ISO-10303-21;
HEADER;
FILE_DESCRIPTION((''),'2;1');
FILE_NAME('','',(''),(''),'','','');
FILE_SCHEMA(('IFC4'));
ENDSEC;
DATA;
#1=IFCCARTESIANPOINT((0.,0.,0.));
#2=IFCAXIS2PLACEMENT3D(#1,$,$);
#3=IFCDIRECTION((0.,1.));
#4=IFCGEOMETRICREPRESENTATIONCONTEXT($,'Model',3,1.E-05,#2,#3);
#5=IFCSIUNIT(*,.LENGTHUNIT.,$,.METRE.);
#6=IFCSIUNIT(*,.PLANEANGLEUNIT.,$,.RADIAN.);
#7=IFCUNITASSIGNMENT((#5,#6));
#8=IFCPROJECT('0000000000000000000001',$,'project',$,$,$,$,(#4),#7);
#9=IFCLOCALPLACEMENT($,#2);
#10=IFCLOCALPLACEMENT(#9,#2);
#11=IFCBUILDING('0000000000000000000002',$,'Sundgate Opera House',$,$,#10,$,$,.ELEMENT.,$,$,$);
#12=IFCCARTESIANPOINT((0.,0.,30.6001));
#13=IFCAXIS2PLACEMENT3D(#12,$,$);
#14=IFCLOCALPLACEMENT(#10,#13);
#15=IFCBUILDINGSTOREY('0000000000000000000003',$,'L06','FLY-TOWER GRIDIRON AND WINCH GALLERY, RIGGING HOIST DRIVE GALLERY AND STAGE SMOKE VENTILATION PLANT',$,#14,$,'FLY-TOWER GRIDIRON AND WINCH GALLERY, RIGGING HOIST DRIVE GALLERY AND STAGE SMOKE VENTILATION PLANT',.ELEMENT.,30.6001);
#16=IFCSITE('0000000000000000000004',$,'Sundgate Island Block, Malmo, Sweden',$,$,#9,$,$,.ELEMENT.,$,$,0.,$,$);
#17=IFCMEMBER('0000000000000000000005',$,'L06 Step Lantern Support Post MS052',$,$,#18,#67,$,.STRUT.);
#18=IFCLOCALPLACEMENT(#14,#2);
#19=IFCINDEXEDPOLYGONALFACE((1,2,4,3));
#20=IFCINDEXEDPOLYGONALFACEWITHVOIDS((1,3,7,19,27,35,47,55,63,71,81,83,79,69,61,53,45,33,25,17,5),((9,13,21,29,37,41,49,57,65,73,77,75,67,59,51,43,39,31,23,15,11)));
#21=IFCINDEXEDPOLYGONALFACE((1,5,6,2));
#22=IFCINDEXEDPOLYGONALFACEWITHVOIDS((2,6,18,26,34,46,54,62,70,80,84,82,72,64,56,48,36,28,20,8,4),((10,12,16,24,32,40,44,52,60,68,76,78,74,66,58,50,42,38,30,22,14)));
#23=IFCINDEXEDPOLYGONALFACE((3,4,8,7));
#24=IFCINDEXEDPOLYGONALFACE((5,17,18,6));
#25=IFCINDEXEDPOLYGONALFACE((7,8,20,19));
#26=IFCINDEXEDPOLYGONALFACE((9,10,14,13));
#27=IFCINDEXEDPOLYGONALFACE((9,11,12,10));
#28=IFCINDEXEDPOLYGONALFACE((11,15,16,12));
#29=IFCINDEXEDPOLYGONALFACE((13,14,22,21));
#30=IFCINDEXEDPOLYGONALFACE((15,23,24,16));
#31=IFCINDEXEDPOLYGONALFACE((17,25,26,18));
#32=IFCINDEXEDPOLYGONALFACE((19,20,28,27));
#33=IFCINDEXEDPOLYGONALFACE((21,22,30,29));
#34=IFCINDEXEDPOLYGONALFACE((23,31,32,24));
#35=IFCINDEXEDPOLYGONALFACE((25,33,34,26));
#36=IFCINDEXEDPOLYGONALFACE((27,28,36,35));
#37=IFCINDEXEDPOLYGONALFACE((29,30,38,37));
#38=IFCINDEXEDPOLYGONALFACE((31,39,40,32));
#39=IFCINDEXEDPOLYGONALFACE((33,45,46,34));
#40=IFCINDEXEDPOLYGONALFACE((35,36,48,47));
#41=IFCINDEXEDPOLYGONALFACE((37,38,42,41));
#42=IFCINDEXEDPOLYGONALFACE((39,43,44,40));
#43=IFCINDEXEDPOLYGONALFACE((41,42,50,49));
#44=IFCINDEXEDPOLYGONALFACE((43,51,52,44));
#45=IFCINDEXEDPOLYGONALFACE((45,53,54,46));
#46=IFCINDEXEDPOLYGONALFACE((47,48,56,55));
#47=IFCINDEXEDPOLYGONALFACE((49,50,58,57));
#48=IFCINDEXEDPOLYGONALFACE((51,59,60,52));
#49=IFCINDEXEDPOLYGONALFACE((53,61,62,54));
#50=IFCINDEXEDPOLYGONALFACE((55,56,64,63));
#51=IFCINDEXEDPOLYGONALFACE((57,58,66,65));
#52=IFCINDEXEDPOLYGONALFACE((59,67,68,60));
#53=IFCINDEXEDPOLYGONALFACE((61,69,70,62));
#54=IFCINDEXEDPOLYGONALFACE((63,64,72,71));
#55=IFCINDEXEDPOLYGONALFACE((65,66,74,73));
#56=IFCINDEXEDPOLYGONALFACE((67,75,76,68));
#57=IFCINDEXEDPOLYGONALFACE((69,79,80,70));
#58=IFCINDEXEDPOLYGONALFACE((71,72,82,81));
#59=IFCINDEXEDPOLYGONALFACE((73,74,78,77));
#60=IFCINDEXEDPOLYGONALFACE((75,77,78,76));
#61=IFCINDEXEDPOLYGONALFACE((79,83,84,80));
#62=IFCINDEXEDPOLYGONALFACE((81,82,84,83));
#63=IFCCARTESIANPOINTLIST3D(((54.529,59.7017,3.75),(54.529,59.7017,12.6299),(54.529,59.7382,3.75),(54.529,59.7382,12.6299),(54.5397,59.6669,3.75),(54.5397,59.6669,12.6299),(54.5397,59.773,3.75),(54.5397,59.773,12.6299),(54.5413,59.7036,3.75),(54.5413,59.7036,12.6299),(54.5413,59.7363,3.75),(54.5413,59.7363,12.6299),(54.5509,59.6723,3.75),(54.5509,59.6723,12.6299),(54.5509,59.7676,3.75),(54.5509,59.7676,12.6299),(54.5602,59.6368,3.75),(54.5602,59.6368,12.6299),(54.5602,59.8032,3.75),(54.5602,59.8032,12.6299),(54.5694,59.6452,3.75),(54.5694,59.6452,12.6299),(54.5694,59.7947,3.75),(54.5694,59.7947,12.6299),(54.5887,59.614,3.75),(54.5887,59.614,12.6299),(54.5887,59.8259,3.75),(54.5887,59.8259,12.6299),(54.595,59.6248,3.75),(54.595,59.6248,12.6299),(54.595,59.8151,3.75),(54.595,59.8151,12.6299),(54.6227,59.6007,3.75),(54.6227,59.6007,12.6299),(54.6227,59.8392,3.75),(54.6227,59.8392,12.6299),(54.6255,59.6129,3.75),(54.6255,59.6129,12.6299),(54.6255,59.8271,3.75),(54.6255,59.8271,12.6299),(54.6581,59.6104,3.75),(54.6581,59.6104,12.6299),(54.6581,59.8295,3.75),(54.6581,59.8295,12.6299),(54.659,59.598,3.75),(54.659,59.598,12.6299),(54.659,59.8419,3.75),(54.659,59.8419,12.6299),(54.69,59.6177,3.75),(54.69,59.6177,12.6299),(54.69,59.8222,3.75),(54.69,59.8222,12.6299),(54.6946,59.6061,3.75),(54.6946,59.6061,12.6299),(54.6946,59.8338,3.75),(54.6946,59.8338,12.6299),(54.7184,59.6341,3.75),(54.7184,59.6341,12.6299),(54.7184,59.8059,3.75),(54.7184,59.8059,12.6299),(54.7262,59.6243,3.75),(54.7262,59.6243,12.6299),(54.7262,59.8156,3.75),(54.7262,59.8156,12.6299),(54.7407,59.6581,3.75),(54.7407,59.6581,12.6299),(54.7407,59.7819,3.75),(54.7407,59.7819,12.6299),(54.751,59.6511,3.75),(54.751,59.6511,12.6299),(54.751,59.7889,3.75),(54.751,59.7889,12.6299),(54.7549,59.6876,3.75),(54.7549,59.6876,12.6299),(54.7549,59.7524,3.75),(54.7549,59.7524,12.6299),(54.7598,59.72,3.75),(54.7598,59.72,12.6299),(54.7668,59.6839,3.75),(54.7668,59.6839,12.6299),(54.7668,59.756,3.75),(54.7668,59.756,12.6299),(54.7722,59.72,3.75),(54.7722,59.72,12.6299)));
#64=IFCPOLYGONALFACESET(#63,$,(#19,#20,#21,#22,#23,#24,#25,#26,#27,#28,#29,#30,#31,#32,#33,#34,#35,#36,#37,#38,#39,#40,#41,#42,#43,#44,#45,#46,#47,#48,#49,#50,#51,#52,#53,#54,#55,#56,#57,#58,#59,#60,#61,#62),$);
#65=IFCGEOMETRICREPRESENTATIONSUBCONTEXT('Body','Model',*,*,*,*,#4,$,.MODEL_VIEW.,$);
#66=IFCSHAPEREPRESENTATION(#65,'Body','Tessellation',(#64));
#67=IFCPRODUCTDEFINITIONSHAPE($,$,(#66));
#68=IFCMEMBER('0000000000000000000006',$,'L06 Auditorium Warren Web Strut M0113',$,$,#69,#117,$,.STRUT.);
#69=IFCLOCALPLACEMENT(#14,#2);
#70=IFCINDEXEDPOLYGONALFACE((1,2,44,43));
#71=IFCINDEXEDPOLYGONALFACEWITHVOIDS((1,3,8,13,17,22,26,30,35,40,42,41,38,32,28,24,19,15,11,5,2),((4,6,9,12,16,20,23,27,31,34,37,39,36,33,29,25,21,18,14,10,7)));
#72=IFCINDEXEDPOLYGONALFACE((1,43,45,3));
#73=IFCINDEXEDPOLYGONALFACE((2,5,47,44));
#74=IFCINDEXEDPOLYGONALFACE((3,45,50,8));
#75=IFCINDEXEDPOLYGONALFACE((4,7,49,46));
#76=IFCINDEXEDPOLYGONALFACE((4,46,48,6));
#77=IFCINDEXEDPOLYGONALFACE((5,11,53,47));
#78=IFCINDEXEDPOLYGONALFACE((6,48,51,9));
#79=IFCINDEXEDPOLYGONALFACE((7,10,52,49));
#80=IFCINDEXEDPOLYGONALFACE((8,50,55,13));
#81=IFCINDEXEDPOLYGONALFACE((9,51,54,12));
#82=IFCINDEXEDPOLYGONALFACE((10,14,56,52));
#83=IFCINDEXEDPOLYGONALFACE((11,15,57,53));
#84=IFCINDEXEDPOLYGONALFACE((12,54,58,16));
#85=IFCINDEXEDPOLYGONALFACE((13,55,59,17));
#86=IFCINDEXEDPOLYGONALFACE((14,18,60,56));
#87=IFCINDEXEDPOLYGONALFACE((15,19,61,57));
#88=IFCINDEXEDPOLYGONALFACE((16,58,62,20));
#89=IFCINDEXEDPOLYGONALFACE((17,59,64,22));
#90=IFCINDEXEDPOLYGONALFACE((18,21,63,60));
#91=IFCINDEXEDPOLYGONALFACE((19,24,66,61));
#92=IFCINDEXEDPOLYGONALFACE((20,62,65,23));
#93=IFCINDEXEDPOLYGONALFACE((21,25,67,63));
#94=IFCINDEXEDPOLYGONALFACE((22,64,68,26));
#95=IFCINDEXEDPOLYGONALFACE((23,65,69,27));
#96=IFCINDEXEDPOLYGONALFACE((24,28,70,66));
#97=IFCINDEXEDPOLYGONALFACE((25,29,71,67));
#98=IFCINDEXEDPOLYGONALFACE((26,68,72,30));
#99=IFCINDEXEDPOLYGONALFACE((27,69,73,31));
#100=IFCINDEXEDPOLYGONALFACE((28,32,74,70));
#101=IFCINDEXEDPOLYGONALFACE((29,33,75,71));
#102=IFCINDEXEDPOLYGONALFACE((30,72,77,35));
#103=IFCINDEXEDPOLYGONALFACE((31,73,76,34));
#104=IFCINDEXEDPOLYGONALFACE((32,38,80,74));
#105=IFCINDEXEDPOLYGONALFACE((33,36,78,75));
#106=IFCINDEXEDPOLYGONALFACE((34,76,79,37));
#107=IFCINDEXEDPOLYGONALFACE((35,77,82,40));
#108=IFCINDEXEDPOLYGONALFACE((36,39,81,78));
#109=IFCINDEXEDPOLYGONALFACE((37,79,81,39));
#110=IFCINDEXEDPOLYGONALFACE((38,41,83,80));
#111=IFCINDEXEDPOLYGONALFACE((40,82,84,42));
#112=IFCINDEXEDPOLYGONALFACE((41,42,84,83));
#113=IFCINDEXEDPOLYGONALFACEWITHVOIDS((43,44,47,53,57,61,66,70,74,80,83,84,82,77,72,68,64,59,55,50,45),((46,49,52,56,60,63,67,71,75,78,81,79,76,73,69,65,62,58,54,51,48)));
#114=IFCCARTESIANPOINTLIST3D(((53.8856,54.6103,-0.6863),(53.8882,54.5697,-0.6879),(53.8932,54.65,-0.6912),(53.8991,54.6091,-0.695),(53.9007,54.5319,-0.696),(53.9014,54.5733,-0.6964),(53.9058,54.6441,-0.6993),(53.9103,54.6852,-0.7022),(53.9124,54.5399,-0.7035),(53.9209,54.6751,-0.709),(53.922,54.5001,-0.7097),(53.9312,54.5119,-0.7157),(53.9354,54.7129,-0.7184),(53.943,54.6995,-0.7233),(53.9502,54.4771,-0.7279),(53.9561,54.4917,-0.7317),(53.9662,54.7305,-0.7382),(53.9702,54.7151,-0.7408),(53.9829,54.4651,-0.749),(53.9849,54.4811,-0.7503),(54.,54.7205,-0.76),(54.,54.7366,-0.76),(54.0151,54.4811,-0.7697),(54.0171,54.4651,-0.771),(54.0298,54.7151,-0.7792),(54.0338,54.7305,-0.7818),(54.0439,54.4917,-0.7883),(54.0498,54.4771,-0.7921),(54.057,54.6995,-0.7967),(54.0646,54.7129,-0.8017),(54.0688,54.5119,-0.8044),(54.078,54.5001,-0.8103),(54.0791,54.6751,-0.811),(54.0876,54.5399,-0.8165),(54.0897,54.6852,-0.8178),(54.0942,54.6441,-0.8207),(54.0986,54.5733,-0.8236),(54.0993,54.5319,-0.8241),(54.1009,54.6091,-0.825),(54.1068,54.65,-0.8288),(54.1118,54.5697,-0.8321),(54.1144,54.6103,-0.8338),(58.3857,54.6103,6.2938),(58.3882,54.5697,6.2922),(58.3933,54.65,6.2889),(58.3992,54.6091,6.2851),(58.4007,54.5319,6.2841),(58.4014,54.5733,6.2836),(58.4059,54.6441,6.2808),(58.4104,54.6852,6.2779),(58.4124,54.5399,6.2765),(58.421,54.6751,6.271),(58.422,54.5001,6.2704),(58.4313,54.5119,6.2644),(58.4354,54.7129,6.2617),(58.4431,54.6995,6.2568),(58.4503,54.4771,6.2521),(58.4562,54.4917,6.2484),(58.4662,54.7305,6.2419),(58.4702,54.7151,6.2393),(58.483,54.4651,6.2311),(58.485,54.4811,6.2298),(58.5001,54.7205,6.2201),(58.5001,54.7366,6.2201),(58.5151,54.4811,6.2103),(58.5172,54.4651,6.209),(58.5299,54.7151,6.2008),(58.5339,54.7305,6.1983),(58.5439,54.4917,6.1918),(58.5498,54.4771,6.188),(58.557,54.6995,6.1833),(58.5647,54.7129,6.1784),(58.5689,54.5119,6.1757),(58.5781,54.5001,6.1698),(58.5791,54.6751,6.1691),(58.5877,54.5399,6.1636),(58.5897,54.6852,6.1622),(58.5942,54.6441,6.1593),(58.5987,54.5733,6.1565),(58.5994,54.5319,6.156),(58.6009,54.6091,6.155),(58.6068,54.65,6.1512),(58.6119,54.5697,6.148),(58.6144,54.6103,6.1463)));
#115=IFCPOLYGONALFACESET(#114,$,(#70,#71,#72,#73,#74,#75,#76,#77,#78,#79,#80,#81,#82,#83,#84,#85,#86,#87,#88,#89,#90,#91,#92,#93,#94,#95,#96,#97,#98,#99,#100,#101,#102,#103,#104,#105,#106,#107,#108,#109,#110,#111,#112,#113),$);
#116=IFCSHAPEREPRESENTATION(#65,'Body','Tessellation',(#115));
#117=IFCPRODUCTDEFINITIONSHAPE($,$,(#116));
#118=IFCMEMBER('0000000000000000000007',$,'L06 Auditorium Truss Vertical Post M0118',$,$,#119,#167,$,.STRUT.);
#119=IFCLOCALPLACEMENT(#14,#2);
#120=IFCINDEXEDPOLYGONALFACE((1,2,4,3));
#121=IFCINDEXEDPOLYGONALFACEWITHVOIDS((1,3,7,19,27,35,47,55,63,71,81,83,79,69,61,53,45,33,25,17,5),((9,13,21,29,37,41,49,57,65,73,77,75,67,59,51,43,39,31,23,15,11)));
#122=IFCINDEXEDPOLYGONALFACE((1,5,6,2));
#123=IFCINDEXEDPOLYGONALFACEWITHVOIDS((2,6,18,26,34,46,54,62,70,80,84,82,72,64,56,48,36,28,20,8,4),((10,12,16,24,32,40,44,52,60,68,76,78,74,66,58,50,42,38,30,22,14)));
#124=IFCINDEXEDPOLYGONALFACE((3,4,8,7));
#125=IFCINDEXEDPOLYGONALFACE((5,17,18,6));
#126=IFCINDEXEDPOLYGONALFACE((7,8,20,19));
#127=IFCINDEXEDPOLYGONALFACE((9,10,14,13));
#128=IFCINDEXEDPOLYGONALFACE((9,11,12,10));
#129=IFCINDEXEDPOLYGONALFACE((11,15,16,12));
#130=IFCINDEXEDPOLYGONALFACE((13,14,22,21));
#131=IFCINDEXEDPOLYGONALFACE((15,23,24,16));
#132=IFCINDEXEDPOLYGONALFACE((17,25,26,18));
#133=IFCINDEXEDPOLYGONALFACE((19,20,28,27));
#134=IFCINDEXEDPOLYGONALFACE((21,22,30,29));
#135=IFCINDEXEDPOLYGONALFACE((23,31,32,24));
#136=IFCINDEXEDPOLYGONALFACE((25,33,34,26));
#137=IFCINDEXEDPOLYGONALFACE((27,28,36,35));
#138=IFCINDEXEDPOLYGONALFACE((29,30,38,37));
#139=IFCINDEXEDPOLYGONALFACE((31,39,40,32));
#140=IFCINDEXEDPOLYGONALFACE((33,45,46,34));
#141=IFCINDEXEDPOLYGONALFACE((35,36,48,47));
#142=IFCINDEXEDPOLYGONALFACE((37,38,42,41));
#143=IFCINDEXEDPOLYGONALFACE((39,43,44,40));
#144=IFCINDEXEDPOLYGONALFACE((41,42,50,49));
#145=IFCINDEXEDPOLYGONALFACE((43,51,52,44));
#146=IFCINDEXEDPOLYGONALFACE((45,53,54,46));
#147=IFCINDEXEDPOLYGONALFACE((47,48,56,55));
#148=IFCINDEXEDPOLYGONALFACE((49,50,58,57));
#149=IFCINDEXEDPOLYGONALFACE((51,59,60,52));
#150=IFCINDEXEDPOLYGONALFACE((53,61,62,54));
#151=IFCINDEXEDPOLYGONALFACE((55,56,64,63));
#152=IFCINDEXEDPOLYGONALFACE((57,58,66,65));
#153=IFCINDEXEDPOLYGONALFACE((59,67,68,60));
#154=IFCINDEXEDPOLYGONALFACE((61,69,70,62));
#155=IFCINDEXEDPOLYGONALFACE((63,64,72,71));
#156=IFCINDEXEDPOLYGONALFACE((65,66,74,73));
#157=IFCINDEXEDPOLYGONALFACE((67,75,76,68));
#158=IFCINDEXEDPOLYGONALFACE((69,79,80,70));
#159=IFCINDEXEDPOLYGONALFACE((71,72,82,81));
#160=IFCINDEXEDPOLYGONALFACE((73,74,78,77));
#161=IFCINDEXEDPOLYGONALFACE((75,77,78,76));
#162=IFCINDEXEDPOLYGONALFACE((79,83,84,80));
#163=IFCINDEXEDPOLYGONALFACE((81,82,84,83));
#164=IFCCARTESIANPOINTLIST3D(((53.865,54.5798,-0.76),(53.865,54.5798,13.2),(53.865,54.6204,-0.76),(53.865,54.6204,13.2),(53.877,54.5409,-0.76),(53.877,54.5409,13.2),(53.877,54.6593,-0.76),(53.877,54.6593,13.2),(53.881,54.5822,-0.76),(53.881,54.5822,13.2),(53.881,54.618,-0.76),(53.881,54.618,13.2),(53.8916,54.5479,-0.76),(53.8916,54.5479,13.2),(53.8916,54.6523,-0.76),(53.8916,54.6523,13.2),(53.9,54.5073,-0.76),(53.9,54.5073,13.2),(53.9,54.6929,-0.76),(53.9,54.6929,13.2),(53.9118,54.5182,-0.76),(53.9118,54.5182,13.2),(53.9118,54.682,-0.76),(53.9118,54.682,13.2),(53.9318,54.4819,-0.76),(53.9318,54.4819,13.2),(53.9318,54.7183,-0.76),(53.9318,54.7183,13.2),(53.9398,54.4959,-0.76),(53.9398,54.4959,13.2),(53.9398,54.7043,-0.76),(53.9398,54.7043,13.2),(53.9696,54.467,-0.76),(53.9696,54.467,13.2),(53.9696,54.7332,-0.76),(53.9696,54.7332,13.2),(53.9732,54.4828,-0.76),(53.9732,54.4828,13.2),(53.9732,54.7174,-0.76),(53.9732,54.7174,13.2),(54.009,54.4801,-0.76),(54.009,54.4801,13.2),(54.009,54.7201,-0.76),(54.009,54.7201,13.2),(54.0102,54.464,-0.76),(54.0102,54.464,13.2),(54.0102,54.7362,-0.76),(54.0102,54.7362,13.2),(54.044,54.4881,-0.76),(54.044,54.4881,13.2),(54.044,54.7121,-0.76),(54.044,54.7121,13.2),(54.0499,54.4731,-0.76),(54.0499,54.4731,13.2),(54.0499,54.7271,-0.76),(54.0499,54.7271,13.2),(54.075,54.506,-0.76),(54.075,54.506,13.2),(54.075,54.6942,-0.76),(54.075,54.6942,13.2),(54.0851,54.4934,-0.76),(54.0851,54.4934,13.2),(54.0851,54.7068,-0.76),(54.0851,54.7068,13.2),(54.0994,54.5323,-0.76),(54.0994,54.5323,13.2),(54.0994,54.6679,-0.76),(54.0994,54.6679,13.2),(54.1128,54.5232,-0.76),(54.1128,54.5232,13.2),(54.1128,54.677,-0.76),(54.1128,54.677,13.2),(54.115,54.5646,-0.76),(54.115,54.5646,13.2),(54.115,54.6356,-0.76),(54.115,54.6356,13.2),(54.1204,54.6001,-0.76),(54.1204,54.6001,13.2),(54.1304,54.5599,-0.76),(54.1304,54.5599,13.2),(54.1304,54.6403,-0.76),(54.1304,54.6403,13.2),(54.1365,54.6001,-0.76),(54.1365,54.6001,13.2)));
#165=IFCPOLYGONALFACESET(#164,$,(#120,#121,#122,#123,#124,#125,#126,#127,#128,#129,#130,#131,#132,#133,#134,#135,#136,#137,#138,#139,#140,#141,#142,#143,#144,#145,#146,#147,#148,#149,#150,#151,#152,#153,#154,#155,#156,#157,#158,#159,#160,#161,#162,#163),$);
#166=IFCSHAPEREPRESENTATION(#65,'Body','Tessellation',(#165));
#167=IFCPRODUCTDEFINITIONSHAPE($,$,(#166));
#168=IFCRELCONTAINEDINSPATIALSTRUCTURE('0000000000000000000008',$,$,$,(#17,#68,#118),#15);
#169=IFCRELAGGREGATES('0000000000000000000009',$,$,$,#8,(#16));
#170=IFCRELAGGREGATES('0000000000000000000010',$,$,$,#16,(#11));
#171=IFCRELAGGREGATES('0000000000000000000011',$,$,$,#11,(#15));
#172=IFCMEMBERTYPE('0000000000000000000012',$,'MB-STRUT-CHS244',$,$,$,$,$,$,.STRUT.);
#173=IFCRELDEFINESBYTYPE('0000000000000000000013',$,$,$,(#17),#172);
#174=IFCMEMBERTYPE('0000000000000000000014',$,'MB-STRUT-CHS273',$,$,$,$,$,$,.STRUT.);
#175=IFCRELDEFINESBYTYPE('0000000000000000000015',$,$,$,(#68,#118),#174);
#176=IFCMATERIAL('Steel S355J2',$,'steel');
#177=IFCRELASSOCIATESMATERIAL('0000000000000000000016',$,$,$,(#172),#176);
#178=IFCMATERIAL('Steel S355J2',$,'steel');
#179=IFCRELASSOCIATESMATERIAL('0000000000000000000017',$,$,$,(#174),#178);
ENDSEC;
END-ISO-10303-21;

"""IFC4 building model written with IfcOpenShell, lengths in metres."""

from ifc_helpers import new_model, si_unit, direction, frame, origin, origin_2d, place, context, subcontext, project, spatial, hollow_circle, extrude, material, material_profile, profile_set, type_object, element, save


model = new_model("IFC4")

# Units and contexts
model_context = context("Model", 3, precision=1e-05, world=origin(), true_north=direction((0.0, 1.0)))
body_context = subcontext(model_context, "Body", "Model", "MODEL_VIEW")
ifc_project = project(units=[si_unit("LENGTHUNIT", "METRE"), si_unit("PLANEANGLEUNIT", "RADIAN")], contexts=[model_context])

# Site, building, storey
site_placement = place(None, origin())
site = spatial("IfcSite", under=ifc_project, at=site_placement, Name="Sundgate Island Block, Malmo, Sweden", CompositionType="ELEMENT", RefElevation=0.0)
building_placement = place(site_placement, origin())
building = spatial("IfcBuilding", under=site, at=building_placement, Name="Sundgate Opera House", CompositionType="ELEMENT")
storey_placement = place(building_placement, frame((0.0, 0.0, 30.6001)))
storey = spatial("IfcBuildingStorey", under=building, at=storey_placement, Name="L06", Description="FLY-TOWER GRIDIRON AND WINCH GALLERY, RIGGING HOIST DRIVE GALLERY AND STAGE SMOKE VENTILATION PLANT", LongName="FLY-TOWER GRIDIRON AND WINCH GALLERY, RIGGING HOIST DRIVE GALLERY AND STAGE SMOKE VENTILATION PLANT", CompositionType="ELEMENT", Elevation=30.6001)

# Members
ifc_material_1 = material(Name="Steel S355J2", Category="steel")
ifc_material_profile_1 = material_profile(ifc_material_1, hollow_circle(Radius=0.1223, WallThickness=0.0125, at=origin_2d()), Name="CHS 244.5x12.5")
ifc_profile_set_1 = profile_set([ifc_material_profile_1], Name="Steel S355J2")
member_type_1 = type_object("IfcMemberType", Name="MB-STRUT-CHS244", PredefinedType="STRUT", material=ifc_profile_set_1)
member_1_placement = place(storey_placement, frame((54.6499, 59.72, 3.75), z_axis=(0.0, 0.0, 1.0), x_axis=(1.0, 0.0, 0.0)))
element("IfcMember", 1, at=member_1_placement, inside=storey, type_object=member_type_1, Name="L06 Step Lantern Support Post MS052", PredefinedType="STRUT", context=body_context, shape_type="SweptSolid", body=[
    extrude(hollow_circle(Radius=0.1223, WallThickness=0.0125, at=origin_2d()), origin(), (0.0, 0.0, 1.0), 8.8799),
])
ifc_material_2 = material(Name="Steel S355J2", Category="steel")
ifc_material_profile_2 = material_profile(ifc_material_2, hollow_circle(Radius=0.1365, WallThickness=0.0161, at=origin_2d()), Name="CHS 273.0x16.0")
ifc_profile_set_2 = profile_set([ifc_material_profile_2], Name="Steel S355J2")
member_type_2 = type_object("IfcMemberType", Name="MB-STRUT-CHS273", PredefinedType="STRUT", material=ifc_profile_set_2)
member_2_placement = place(storey_placement, frame((54.0, 54.6001, -0.76), z_axis=(0.541854, 0.0, 0.840473), x_axis=(0.0, 1.0, 0.0)))
element("IfcMember", 2, at=member_2_placement, inside=storey, type_object=member_type_2, Name="L06 Auditorium Warren Web Strut M0113", PredefinedType="STRUT", context=body_context, shape_type="SweptSolid", body=[
    extrude(hollow_circle(Radius=0.1365, WallThickness=0.0161, at=origin_2d()), origin(), (0.0, 0.0, 1.0), 8.3049),
])
member_3_placement = place(storey_placement, frame((54.0, 54.6001, -0.76), z_axis=(0.0, 0.0, 1.0), x_axis=(1.0, 0.0, 0.0)))
element("IfcMember", 3, at=member_3_placement, inside=storey, type_object=member_type_2, Name="L06 Auditorium Truss Vertical Post M0118", PredefinedType="STRUT", context=body_context, shape_type="SweptSolid", body=[
    extrude(hollow_circle(Radius=0.1365, WallThickness=0.0161, at=origin_2d()), origin(), (0.0, 0.0, 1.0), 13.96),
])

save(model, "model.ifc")
